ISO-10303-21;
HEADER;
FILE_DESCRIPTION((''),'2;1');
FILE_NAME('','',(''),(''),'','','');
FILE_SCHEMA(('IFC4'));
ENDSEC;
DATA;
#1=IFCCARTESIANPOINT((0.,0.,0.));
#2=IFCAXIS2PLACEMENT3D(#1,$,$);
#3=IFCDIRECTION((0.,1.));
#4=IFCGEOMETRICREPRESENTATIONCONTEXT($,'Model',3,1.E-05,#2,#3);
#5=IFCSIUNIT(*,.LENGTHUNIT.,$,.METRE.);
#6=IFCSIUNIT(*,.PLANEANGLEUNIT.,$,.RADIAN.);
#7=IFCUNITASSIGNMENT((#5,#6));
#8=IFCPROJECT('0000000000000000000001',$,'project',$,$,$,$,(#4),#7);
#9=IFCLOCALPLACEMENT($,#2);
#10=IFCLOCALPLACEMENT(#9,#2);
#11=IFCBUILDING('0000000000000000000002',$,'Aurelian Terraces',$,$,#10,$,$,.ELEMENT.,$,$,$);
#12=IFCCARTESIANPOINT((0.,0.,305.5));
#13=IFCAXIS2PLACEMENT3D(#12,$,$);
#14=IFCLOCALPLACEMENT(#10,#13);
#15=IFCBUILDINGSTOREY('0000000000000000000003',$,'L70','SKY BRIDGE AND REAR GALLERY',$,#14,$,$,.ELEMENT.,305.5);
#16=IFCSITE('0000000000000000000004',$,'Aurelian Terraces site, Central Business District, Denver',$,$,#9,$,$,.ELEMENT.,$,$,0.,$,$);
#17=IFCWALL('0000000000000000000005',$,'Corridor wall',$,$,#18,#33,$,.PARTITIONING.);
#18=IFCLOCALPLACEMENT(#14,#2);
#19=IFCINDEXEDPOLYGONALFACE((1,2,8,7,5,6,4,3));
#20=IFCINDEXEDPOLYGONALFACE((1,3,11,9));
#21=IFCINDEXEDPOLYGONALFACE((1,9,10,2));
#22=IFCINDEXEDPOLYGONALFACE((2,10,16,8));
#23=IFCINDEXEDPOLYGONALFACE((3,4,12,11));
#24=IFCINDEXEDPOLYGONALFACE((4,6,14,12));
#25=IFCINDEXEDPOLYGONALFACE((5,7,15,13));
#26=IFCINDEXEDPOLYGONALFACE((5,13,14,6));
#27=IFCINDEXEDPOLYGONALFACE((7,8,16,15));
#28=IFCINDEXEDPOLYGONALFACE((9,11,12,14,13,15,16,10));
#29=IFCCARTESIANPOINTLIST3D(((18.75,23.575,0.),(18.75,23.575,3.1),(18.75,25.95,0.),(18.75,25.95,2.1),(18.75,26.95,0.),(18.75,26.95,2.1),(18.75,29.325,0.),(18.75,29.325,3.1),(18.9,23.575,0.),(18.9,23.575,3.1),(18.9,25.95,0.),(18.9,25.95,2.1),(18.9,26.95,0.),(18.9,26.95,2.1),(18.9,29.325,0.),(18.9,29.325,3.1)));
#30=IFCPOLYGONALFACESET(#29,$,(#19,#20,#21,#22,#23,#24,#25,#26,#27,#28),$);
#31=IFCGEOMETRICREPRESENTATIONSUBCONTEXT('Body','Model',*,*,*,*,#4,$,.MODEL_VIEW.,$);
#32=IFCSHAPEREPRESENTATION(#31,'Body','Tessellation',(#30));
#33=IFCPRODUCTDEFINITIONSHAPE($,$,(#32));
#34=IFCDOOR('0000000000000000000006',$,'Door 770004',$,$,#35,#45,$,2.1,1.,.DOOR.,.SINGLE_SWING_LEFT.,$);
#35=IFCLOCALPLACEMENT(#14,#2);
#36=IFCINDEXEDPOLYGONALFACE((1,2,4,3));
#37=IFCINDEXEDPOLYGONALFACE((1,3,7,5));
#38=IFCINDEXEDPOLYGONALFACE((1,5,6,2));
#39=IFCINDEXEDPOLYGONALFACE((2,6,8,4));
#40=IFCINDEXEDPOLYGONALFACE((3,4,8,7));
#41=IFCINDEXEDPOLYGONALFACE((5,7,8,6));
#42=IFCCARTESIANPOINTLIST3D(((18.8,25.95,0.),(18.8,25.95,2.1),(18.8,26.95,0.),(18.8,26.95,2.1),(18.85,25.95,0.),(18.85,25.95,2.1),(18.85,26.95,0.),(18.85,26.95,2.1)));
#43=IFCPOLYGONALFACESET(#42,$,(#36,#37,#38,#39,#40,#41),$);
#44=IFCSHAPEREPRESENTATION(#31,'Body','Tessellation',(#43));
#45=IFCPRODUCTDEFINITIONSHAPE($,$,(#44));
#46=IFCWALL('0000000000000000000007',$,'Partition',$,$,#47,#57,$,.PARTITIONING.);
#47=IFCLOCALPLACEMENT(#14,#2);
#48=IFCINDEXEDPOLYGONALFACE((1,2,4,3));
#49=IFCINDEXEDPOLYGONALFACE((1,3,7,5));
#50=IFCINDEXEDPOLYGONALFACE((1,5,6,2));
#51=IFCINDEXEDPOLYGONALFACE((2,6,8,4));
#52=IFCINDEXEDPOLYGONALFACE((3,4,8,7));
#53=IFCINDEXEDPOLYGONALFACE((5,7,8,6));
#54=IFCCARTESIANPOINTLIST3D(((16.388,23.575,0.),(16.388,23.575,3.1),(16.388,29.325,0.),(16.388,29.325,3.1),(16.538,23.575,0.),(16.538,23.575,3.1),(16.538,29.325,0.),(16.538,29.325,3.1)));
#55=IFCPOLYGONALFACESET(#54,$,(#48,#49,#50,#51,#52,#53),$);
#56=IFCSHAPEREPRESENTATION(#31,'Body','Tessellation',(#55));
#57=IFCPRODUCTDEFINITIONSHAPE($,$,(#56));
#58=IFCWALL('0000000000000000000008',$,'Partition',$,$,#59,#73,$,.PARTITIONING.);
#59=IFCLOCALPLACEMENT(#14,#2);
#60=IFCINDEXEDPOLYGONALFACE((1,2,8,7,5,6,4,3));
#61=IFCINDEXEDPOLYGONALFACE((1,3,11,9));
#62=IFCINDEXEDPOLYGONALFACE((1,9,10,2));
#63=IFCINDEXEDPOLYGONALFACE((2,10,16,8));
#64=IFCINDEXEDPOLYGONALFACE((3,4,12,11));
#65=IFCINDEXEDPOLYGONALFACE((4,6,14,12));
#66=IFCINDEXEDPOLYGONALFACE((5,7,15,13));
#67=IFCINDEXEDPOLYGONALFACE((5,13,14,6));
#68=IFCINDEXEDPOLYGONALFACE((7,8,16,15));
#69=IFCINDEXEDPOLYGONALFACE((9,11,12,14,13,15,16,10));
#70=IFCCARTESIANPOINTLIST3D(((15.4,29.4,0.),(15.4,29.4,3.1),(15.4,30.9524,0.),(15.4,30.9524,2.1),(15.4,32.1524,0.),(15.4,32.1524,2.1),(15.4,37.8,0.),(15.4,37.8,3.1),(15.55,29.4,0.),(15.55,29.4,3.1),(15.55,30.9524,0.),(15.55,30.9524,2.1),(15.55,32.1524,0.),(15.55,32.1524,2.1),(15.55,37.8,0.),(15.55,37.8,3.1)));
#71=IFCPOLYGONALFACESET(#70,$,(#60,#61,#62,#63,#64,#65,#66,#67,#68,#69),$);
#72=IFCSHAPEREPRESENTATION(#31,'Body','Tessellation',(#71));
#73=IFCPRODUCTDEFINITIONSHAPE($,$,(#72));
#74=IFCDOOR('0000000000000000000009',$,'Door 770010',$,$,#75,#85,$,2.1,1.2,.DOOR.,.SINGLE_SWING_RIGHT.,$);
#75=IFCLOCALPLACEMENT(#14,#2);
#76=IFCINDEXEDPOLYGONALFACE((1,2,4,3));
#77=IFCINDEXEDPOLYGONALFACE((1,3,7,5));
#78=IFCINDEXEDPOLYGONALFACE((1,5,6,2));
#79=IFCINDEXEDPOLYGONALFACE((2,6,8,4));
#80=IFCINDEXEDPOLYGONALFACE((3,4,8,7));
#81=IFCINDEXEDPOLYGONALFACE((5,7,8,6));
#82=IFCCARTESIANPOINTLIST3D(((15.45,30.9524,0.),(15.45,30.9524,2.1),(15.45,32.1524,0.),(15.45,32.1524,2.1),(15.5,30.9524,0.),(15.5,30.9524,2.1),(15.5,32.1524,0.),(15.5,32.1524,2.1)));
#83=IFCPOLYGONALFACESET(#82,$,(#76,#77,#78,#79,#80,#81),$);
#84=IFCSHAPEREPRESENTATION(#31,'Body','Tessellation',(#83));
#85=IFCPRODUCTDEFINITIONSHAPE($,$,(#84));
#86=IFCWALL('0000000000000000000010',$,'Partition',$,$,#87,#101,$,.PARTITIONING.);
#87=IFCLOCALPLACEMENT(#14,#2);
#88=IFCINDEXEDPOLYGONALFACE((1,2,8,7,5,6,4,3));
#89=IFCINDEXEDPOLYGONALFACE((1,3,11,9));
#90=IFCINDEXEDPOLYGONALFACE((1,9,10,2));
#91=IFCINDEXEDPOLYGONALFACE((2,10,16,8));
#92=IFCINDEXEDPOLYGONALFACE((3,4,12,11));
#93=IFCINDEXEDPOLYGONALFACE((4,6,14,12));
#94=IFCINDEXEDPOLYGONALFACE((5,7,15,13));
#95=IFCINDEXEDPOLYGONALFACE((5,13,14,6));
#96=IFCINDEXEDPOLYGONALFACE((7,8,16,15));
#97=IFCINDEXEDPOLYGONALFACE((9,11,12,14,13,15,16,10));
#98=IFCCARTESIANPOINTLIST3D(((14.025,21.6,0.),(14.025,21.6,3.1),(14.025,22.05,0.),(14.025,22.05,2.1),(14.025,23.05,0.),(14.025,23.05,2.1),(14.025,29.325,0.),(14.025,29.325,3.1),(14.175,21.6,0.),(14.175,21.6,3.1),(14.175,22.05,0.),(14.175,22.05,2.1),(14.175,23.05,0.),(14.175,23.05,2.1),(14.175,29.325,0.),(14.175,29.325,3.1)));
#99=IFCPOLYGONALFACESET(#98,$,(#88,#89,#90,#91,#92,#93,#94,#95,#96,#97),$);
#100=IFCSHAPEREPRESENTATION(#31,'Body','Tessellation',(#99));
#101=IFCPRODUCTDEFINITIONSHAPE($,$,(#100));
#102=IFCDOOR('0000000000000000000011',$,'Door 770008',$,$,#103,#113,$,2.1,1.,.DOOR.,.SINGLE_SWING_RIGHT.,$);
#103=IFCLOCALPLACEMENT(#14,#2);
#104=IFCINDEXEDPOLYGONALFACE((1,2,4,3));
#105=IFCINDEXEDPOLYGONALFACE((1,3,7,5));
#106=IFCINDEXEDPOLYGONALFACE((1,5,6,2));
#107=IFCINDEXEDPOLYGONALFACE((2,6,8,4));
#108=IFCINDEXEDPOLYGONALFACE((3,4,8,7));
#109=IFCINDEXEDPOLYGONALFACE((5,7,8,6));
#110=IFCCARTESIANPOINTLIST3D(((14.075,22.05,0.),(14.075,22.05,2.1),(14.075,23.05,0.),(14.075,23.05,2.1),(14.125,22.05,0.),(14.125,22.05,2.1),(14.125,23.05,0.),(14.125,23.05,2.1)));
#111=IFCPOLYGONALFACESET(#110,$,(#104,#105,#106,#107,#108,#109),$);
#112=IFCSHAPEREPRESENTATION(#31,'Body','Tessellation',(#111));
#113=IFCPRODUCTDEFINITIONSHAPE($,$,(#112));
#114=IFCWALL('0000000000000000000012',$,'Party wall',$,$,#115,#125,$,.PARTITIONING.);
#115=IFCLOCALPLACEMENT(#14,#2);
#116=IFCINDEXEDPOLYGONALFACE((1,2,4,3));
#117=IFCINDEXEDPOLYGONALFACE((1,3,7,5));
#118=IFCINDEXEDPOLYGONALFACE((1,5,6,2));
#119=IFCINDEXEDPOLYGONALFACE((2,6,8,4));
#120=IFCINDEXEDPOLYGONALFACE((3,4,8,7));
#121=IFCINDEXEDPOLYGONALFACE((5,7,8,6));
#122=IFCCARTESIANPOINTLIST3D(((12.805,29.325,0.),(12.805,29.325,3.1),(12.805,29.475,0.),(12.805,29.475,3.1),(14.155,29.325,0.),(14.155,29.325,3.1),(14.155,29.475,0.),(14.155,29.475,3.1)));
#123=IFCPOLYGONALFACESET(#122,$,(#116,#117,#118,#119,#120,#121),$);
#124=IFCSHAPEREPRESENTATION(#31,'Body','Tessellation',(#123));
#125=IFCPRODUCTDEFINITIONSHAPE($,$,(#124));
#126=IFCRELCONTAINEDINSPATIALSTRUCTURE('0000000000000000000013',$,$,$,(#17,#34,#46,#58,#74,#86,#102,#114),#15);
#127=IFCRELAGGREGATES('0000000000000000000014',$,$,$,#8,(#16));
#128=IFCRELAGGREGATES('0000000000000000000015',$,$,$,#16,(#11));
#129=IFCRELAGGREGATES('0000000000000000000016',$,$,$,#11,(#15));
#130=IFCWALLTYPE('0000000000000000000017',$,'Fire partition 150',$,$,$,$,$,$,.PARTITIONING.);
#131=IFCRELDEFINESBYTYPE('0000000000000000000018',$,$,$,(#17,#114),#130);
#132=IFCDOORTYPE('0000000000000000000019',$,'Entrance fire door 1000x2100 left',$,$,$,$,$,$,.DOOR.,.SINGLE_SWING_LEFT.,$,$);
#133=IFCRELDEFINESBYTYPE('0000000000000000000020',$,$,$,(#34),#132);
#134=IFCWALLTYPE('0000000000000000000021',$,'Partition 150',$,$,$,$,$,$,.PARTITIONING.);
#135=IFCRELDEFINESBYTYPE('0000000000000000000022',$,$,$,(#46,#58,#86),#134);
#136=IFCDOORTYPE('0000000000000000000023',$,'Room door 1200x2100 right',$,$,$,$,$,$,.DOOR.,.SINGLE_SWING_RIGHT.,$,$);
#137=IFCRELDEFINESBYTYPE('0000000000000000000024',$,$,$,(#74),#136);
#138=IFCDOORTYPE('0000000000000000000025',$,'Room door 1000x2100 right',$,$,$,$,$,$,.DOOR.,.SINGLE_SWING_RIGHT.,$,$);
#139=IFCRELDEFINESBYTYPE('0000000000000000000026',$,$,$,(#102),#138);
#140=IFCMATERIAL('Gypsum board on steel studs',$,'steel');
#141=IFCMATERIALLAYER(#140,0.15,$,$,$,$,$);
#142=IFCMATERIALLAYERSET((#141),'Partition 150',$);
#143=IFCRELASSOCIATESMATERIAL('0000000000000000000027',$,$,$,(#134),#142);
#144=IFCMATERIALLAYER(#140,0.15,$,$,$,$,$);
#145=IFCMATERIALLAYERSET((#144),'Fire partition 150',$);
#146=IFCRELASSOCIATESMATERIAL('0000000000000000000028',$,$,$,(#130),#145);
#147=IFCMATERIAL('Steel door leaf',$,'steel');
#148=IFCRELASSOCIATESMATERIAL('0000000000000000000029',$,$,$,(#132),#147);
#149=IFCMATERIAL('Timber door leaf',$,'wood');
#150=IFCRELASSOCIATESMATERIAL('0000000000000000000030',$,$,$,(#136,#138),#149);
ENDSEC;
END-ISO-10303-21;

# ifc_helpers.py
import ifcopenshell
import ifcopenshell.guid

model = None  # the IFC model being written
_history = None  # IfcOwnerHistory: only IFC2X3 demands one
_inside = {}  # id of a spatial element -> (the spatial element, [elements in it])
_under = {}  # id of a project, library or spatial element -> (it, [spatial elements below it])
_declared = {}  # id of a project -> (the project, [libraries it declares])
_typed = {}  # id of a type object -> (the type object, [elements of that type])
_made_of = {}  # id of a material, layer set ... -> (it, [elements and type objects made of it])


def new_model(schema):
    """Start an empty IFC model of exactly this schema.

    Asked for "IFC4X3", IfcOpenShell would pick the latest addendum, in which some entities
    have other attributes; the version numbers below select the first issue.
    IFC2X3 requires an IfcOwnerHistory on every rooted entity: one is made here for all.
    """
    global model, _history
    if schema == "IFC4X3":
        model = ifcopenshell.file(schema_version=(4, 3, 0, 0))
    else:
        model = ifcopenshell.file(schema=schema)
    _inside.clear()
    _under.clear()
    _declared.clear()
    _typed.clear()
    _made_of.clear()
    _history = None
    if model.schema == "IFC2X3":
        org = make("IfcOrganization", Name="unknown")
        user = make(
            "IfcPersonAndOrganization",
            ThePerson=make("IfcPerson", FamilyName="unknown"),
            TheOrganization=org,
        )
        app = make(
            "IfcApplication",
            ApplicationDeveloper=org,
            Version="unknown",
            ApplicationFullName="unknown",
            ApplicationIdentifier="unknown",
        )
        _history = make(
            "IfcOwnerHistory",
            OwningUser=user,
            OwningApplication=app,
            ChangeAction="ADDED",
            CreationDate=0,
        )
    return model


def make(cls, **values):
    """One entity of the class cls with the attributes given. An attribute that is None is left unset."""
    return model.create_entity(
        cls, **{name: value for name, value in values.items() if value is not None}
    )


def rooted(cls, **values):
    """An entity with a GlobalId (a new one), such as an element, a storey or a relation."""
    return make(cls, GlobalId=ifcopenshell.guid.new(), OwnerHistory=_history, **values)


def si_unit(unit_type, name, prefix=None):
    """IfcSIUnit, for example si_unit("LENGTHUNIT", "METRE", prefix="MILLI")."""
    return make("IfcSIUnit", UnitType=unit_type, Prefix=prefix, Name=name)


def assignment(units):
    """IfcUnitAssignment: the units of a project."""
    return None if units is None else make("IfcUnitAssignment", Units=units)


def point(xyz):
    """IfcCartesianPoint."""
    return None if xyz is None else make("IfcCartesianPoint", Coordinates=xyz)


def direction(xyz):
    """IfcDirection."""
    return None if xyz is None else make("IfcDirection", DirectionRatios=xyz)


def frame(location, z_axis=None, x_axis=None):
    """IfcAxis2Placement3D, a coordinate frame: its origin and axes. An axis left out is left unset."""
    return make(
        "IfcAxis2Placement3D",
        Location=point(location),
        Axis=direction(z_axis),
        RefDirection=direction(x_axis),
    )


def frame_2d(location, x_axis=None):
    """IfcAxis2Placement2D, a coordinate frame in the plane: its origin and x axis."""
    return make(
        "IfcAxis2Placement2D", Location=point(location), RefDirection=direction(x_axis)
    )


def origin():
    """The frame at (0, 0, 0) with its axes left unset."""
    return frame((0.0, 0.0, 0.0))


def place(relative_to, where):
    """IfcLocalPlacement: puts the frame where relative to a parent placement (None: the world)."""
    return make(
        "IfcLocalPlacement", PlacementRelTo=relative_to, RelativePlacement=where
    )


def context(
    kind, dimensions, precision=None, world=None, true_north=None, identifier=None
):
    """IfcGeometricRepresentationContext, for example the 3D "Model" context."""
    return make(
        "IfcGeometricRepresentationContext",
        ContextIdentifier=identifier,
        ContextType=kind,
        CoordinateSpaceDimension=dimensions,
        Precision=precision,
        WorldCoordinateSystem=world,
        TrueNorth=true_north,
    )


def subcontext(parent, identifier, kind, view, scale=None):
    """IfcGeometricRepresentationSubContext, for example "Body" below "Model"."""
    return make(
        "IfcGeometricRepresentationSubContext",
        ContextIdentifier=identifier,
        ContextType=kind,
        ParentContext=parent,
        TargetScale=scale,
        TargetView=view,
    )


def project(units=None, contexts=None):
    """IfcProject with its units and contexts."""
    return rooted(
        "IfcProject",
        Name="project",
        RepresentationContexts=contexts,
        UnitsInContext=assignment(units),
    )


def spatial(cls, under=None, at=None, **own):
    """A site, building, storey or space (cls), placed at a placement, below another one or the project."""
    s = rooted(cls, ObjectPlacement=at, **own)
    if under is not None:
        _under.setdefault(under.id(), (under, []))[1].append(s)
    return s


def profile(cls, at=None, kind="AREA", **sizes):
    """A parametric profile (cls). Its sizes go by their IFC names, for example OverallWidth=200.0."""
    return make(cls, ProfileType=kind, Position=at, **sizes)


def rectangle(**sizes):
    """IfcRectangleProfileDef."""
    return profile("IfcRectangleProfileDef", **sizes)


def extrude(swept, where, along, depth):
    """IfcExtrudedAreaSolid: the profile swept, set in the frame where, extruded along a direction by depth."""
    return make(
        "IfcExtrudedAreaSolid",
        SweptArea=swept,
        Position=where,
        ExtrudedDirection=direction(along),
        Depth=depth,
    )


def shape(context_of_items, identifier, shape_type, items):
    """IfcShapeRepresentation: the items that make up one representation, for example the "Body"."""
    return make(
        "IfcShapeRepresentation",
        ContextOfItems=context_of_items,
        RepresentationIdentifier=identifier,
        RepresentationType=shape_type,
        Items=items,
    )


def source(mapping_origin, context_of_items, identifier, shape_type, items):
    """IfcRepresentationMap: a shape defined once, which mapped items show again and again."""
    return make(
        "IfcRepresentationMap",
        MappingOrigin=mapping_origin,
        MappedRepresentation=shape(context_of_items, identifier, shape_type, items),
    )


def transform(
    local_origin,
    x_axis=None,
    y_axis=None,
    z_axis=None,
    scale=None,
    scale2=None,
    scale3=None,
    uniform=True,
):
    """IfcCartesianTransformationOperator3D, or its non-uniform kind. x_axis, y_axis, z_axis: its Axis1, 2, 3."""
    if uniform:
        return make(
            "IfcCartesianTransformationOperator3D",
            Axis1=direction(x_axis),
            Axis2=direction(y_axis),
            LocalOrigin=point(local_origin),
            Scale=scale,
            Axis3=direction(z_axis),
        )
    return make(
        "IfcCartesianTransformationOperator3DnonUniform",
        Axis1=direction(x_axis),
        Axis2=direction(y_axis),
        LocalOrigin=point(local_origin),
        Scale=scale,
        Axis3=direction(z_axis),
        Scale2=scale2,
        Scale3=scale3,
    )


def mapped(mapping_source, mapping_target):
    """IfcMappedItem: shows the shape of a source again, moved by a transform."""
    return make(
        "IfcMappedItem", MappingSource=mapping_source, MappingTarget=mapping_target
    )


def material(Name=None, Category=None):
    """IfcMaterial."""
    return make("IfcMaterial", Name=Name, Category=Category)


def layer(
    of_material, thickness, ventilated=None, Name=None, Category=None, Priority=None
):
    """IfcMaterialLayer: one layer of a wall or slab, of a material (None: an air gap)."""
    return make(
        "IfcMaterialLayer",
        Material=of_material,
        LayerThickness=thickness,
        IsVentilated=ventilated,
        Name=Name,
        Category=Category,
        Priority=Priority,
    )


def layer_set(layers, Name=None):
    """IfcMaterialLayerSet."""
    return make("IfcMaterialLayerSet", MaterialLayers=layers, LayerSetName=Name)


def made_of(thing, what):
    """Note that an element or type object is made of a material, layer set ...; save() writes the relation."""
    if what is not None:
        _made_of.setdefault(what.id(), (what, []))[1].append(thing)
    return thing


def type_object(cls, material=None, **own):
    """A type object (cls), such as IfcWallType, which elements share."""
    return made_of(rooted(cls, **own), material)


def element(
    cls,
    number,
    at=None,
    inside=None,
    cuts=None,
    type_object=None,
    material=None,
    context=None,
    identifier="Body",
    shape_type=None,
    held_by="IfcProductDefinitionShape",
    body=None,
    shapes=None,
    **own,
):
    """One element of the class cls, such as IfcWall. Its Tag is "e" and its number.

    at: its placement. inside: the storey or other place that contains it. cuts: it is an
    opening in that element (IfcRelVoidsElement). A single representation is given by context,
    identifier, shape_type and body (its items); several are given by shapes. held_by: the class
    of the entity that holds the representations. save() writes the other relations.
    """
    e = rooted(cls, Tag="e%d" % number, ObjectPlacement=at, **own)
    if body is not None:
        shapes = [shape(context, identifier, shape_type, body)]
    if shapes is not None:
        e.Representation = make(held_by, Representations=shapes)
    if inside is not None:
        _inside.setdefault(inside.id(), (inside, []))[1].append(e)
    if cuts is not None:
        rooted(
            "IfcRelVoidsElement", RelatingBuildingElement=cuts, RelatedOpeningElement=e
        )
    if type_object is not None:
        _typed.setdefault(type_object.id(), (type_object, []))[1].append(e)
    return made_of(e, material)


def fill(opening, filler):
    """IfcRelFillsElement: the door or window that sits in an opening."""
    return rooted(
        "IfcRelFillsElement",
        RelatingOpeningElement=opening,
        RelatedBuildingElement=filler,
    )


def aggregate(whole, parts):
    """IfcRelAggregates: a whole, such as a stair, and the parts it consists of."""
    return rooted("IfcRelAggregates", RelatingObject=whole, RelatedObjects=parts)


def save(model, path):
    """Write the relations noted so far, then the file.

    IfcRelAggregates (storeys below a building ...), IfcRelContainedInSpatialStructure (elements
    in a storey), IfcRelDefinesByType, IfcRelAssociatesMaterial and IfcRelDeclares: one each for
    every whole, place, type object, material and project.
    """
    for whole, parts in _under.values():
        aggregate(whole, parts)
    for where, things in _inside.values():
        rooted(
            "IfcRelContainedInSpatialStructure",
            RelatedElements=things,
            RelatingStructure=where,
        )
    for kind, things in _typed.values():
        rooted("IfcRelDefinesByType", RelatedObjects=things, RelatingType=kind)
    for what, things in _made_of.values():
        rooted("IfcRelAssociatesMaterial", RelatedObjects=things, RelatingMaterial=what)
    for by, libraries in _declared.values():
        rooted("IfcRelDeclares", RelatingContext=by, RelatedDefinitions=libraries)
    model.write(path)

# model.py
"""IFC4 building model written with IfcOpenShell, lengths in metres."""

from ifc_helpers import new_model, si_unit, direction, frame, frame_2d, origin, place, context, subcontext, project, spatial, rectangle, extrude, source, transform, mapped, material, layer, layer_set, type_object, element, fill, save


model = new_model("IFC4")

# Units and contexts
model_context = context("Model", 3, precision=1e-05, world=origin(), true_north=direction((0.0, 1.0)))
body_context = subcontext(model_context, "Body", "Model", "MODEL_VIEW")
ifc_project = project(units=[si_unit("LENGTHUNIT", "METRE"), si_unit("PLANEANGLEUNIT", "RADIAN")], contexts=[model_context])

# Site, building, storey
site_placement = place(None, origin())
site = spatial("IfcSite", under=ifc_project, at=site_placement, Name="Aurelian Terraces site, Central Business District, Denver", CompositionType="ELEMENT", RefElevation=0.0)
building_placement = place(site_placement, origin())
building = spatial("IfcBuilding", under=site, at=building_placement, Name="Aurelian Terraces", CompositionType="ELEMENT")
storey_placement = place(building_placement, frame((0.0, 0.0, 305.5)))
storey = spatial("IfcBuildingStorey", under=building, at=storey_placement, Name="L70", Description="SKY BRIDGE AND REAR GALLERY", CompositionType="ELEMENT", Elevation=305.5)

# Shared definitions
ifc_material_1 = material(Name="Gypsum board on steel studs", Category="steel")

# Wall, opening, door
ifc_layer_1 = layer(ifc_material_1, 0.15)
ifc_layer_set_1 = layer_set([ifc_layer_1], Name="Partition 150")
wall_type_1 = type_object("IfcWallType", Name="Partition 150", PredefinedType="PARTITIONING", material=ifc_layer_set_1)
ifc_material_2 = material(Name="Timber door leaf", Category="wood")
ifc_layer_2 = layer(ifc_material_1, 0.15)
ifc_layer_set_2 = layer_set([ifc_layer_2], Name="Fire partition 150")
wall_type_2 = type_object("IfcWallType", Name="Fire partition 150", PredefinedType="PARTITIONING", material=ifc_layer_set_2)
shared_shape_1 = source(origin(), body_context, "Body", "SweptSolid", [
    extrude(rectangle(XDim=5.75, YDim=0.15, at=frame_2d((2.875, 0.0))), origin(), (0.0, 0.0, 1.0), 3.1),
])
wall_1_placement = place(storey_placement, frame((18.825, 23.575, 0.0), z_axis=(0.0, 0.0, 1.0), x_axis=(0.0, 1.0, 0.0)))
wall_1 = element("IfcWall", 1, at=wall_1_placement, inside=storey, type_object=wall_type_2, Name="Corridor wall", PredefinedType="PARTITIONING", context=body_context, shape_type="MappedRepresentation", body=[
    mapped(shared_shape_1, transform((0.0, 0.0, 0.0), scale=1.0)),
])
shared_shape_2 = source(origin(), body_context, "Body", "SweptSolid", [
    extrude(rectangle(XDim=1.0, YDim=2.1, at=frame_2d((0.5, 1.05))), frame((0.0, 0.085, 0.0), z_axis=(0.0, -1.0, 0.0), x_axis=(1.0, 0.0, 0.0)), (0.0, 0.0, 1.0), 0.17),
])
opening_1_placement = place(wall_1_placement, frame((2.375, 0.0, 0.0)))
opening_1 = element("IfcOpeningElement", 2, at=opening_1_placement, cuts=wall_1, PredefinedType="OPENING", context=body_context, shape_type="MappedRepresentation", body=[
    mapped(shared_shape_2, transform((0.0, 0.0, 0.0), scale=1.0)),
])
ifc_material_3 = material(Name="Steel door leaf", Category="steel")
door_type_1 = type_object("IfcDoorType", Name="Entrance fire door 1000x2100 left", OperationType="SINGLE_SWING_LEFT", PredefinedType="DOOR", material=ifc_material_3)
shared_shape_3 = source(origin(), body_context, "Body", "SweptSolid", [
    extrude(rectangle(XDim=1.0, YDim=2.1, at=frame_2d((0.5, 1.05))), frame((0.0, 0.025, 0.0), z_axis=(0.0, -1.0, 0.0), x_axis=(1.0, 0.0, 0.0)), (0.0, 0.0, 1.0), 0.05),
])
door_1_placement = place(opening_1_placement, origin())
door_1 = element("IfcDoor", 3, at=door_1_placement, inside=storey, type_object=door_type_1, Name="Door 770004", OperationType="SINGLE_SWING_LEFT", OverallHeight=2.1, OverallWidth=1.0, PredefinedType="DOOR", context=body_context, shape_type="MappedRepresentation", body=[
    mapped(shared_shape_3, transform((0.0, 0.0, 0.0), scale=1.0)),
])
fill(opening_1, door_1)

# Wall
wall_2_placement = place(storey_placement, frame((16.463, 23.575, 0.0), z_axis=(0.0, 0.0, 1.0), x_axis=(0.0, 1.0, 0.0)))
element("IfcWall", 4, at=wall_2_placement, inside=storey, type_object=wall_type_1, Name="Partition", PredefinedType="PARTITIONING", context=body_context, shape_type="MappedRepresentation", body=[
    mapped(shared_shape_1, transform((0.0, 0.0, 0.0), scale=1.0)),
])

# Walls, openings, doors
shared_shape_4 = source(origin(), body_context, "Body", "SweptSolid", [
    extrude(rectangle(XDim=8.4, YDim=0.15, at=frame_2d((4.2, 0.0))), origin(), (0.0, 0.0, 1.0), 3.1),
])
wall_3_placement = place(storey_placement, frame((15.475, 29.4, 0.0), z_axis=(0.0, 0.0, 1.0), x_axis=(0.0, 1.0, 0.0)))
wall_3 = element("IfcWall", 5, at=wall_3_placement, inside=storey, type_object=wall_type_1, Name="Partition", PredefinedType="PARTITIONING", context=body_context, shape_type="MappedRepresentation", body=[
    mapped(shared_shape_4, transform((0.0, 0.0, 0.0), scale=1.0)),
])
shared_shape_5 = source(origin(), body_context, "Body", "SweptSolid", [
    extrude(rectangle(XDim=1.2, YDim=2.1, at=frame_2d((0.6, 1.05))), frame((0.0, 0.085, 0.0), z_axis=(0.0, -1.0, 0.0), x_axis=(1.0, 0.0, 0.0)), (0.0, 0.0, 1.0), 0.17),
])
opening_2_placement = place(wall_3_placement, frame((1.5524, 0.0, 0.0)))
opening_2 = element("IfcOpeningElement", 6, at=opening_2_placement, cuts=wall_3, PredefinedType="OPENING", context=body_context, shape_type="MappedRepresentation", body=[
    mapped(shared_shape_5, transform((0.0, 0.0, 0.0), scale=1.0)),
])
door_type_2 = type_object("IfcDoorType", Name="Room door 1200x2100 right", OperationType="SINGLE_SWING_RIGHT", PredefinedType="DOOR", material=ifc_material_2)
shared_shape_6 = source(origin(), body_context, "Body", "SweptSolid", [
    extrude(rectangle(XDim=1.2, YDim=2.1, at=frame_2d((0.6, 1.05))), frame((0.0, 0.025, 0.0), z_axis=(0.0, -1.0, 0.0), x_axis=(1.0, 0.0, 0.0)), (0.0, 0.0, 1.0), 0.05),
])
door_2_placement = place(opening_2_placement, origin())
door_2 = element("IfcDoor", 7, at=door_2_placement, inside=storey, type_object=door_type_2, Name="Door 770010", OperationType="SINGLE_SWING_RIGHT", OverallHeight=2.1, OverallWidth=1.2, PredefinedType="DOOR", context=body_context, shape_type="MappedRepresentation", body=[
    mapped(shared_shape_6, transform((0.0, 0.0, 0.0), scale=1.0)),
])
fill(opening_2, door_2)
shared_shape_7 = source(origin(), body_context, "Body", "SweptSolid", [
    extrude(rectangle(XDim=7.725, YDim=0.15, at=frame_2d((3.8625, 0.0))), origin(), (0.0, 0.0, 1.0), 3.1),
])
wall_4_placement = place(storey_placement, frame((14.1, 29.325, 0.0), z_axis=(0.0, 0.0, 1.0), x_axis=(0.0, -1.0, 0.0)))
wall_4 = element("IfcWall", 8, at=wall_4_placement, inside=storey, type_object=wall_type_1, Name="Partition", PredefinedType="PARTITIONING", context=body_context, shape_type="MappedRepresentation", body=[
    mapped(shared_shape_7, transform((0.0, 0.0, 0.0), scale=1.0)),
])
opening_3_placement = place(wall_4_placement, frame((6.275, 0.0, 0.0)))
opening_3 = element("IfcOpeningElement", 9, at=opening_3_placement, cuts=wall_4, PredefinedType="OPENING", context=body_context, shape_type="MappedRepresentation", body=[
    mapped(shared_shape_2, transform((0.0, 0.0, 0.0), scale=1.0)),
])
door_type_3 = type_object("IfcDoorType", Name="Room door 1000x2100 right", OperationType="SINGLE_SWING_RIGHT", PredefinedType="DOOR", material=ifc_material_2)
door_3_placement = place(opening_3_placement, origin())
door_3 = element("IfcDoor", 10, at=door_3_placement, inside=storey, type_object=door_type_3, Name="Door 770008", OperationType="SINGLE_SWING_RIGHT", OverallHeight=2.1, OverallWidth=1.0, PredefinedType="DOOR", context=body_context, shape_type="MappedRepresentation", body=[
    mapped(shared_shape_3, transform((0.0, 0.0, 0.0), scale=1.0)),
])
fill(opening_3, door_3)

# Wall
shared_shape_8 = source(origin(), body_context, "Body", "SweptSolid", [
    extrude(rectangle(XDim=1.35, YDim=0.15, at=frame_2d((0.675, 0.0))), origin(), (0.0, 0.0, 1.0), 3.1),
])
wall_5_placement = place(storey_placement, frame((14.155, 29.4, 0.0), z_axis=(0.0, 0.0, 1.0), x_axis=(-1.0, 0.0, 0.0)))
element("IfcWall", 11, at=wall_5_placement, inside=storey, type_object=wall_type_2, Name="Party wall", PredefinedType="PARTITIONING", context=body_context, shape_type="MappedRepresentation", body=[
    mapped(shared_shape_8, transform((0.0, 0.0, 0.0), scale=1.0)),
])

save(model, "model.ifc")
